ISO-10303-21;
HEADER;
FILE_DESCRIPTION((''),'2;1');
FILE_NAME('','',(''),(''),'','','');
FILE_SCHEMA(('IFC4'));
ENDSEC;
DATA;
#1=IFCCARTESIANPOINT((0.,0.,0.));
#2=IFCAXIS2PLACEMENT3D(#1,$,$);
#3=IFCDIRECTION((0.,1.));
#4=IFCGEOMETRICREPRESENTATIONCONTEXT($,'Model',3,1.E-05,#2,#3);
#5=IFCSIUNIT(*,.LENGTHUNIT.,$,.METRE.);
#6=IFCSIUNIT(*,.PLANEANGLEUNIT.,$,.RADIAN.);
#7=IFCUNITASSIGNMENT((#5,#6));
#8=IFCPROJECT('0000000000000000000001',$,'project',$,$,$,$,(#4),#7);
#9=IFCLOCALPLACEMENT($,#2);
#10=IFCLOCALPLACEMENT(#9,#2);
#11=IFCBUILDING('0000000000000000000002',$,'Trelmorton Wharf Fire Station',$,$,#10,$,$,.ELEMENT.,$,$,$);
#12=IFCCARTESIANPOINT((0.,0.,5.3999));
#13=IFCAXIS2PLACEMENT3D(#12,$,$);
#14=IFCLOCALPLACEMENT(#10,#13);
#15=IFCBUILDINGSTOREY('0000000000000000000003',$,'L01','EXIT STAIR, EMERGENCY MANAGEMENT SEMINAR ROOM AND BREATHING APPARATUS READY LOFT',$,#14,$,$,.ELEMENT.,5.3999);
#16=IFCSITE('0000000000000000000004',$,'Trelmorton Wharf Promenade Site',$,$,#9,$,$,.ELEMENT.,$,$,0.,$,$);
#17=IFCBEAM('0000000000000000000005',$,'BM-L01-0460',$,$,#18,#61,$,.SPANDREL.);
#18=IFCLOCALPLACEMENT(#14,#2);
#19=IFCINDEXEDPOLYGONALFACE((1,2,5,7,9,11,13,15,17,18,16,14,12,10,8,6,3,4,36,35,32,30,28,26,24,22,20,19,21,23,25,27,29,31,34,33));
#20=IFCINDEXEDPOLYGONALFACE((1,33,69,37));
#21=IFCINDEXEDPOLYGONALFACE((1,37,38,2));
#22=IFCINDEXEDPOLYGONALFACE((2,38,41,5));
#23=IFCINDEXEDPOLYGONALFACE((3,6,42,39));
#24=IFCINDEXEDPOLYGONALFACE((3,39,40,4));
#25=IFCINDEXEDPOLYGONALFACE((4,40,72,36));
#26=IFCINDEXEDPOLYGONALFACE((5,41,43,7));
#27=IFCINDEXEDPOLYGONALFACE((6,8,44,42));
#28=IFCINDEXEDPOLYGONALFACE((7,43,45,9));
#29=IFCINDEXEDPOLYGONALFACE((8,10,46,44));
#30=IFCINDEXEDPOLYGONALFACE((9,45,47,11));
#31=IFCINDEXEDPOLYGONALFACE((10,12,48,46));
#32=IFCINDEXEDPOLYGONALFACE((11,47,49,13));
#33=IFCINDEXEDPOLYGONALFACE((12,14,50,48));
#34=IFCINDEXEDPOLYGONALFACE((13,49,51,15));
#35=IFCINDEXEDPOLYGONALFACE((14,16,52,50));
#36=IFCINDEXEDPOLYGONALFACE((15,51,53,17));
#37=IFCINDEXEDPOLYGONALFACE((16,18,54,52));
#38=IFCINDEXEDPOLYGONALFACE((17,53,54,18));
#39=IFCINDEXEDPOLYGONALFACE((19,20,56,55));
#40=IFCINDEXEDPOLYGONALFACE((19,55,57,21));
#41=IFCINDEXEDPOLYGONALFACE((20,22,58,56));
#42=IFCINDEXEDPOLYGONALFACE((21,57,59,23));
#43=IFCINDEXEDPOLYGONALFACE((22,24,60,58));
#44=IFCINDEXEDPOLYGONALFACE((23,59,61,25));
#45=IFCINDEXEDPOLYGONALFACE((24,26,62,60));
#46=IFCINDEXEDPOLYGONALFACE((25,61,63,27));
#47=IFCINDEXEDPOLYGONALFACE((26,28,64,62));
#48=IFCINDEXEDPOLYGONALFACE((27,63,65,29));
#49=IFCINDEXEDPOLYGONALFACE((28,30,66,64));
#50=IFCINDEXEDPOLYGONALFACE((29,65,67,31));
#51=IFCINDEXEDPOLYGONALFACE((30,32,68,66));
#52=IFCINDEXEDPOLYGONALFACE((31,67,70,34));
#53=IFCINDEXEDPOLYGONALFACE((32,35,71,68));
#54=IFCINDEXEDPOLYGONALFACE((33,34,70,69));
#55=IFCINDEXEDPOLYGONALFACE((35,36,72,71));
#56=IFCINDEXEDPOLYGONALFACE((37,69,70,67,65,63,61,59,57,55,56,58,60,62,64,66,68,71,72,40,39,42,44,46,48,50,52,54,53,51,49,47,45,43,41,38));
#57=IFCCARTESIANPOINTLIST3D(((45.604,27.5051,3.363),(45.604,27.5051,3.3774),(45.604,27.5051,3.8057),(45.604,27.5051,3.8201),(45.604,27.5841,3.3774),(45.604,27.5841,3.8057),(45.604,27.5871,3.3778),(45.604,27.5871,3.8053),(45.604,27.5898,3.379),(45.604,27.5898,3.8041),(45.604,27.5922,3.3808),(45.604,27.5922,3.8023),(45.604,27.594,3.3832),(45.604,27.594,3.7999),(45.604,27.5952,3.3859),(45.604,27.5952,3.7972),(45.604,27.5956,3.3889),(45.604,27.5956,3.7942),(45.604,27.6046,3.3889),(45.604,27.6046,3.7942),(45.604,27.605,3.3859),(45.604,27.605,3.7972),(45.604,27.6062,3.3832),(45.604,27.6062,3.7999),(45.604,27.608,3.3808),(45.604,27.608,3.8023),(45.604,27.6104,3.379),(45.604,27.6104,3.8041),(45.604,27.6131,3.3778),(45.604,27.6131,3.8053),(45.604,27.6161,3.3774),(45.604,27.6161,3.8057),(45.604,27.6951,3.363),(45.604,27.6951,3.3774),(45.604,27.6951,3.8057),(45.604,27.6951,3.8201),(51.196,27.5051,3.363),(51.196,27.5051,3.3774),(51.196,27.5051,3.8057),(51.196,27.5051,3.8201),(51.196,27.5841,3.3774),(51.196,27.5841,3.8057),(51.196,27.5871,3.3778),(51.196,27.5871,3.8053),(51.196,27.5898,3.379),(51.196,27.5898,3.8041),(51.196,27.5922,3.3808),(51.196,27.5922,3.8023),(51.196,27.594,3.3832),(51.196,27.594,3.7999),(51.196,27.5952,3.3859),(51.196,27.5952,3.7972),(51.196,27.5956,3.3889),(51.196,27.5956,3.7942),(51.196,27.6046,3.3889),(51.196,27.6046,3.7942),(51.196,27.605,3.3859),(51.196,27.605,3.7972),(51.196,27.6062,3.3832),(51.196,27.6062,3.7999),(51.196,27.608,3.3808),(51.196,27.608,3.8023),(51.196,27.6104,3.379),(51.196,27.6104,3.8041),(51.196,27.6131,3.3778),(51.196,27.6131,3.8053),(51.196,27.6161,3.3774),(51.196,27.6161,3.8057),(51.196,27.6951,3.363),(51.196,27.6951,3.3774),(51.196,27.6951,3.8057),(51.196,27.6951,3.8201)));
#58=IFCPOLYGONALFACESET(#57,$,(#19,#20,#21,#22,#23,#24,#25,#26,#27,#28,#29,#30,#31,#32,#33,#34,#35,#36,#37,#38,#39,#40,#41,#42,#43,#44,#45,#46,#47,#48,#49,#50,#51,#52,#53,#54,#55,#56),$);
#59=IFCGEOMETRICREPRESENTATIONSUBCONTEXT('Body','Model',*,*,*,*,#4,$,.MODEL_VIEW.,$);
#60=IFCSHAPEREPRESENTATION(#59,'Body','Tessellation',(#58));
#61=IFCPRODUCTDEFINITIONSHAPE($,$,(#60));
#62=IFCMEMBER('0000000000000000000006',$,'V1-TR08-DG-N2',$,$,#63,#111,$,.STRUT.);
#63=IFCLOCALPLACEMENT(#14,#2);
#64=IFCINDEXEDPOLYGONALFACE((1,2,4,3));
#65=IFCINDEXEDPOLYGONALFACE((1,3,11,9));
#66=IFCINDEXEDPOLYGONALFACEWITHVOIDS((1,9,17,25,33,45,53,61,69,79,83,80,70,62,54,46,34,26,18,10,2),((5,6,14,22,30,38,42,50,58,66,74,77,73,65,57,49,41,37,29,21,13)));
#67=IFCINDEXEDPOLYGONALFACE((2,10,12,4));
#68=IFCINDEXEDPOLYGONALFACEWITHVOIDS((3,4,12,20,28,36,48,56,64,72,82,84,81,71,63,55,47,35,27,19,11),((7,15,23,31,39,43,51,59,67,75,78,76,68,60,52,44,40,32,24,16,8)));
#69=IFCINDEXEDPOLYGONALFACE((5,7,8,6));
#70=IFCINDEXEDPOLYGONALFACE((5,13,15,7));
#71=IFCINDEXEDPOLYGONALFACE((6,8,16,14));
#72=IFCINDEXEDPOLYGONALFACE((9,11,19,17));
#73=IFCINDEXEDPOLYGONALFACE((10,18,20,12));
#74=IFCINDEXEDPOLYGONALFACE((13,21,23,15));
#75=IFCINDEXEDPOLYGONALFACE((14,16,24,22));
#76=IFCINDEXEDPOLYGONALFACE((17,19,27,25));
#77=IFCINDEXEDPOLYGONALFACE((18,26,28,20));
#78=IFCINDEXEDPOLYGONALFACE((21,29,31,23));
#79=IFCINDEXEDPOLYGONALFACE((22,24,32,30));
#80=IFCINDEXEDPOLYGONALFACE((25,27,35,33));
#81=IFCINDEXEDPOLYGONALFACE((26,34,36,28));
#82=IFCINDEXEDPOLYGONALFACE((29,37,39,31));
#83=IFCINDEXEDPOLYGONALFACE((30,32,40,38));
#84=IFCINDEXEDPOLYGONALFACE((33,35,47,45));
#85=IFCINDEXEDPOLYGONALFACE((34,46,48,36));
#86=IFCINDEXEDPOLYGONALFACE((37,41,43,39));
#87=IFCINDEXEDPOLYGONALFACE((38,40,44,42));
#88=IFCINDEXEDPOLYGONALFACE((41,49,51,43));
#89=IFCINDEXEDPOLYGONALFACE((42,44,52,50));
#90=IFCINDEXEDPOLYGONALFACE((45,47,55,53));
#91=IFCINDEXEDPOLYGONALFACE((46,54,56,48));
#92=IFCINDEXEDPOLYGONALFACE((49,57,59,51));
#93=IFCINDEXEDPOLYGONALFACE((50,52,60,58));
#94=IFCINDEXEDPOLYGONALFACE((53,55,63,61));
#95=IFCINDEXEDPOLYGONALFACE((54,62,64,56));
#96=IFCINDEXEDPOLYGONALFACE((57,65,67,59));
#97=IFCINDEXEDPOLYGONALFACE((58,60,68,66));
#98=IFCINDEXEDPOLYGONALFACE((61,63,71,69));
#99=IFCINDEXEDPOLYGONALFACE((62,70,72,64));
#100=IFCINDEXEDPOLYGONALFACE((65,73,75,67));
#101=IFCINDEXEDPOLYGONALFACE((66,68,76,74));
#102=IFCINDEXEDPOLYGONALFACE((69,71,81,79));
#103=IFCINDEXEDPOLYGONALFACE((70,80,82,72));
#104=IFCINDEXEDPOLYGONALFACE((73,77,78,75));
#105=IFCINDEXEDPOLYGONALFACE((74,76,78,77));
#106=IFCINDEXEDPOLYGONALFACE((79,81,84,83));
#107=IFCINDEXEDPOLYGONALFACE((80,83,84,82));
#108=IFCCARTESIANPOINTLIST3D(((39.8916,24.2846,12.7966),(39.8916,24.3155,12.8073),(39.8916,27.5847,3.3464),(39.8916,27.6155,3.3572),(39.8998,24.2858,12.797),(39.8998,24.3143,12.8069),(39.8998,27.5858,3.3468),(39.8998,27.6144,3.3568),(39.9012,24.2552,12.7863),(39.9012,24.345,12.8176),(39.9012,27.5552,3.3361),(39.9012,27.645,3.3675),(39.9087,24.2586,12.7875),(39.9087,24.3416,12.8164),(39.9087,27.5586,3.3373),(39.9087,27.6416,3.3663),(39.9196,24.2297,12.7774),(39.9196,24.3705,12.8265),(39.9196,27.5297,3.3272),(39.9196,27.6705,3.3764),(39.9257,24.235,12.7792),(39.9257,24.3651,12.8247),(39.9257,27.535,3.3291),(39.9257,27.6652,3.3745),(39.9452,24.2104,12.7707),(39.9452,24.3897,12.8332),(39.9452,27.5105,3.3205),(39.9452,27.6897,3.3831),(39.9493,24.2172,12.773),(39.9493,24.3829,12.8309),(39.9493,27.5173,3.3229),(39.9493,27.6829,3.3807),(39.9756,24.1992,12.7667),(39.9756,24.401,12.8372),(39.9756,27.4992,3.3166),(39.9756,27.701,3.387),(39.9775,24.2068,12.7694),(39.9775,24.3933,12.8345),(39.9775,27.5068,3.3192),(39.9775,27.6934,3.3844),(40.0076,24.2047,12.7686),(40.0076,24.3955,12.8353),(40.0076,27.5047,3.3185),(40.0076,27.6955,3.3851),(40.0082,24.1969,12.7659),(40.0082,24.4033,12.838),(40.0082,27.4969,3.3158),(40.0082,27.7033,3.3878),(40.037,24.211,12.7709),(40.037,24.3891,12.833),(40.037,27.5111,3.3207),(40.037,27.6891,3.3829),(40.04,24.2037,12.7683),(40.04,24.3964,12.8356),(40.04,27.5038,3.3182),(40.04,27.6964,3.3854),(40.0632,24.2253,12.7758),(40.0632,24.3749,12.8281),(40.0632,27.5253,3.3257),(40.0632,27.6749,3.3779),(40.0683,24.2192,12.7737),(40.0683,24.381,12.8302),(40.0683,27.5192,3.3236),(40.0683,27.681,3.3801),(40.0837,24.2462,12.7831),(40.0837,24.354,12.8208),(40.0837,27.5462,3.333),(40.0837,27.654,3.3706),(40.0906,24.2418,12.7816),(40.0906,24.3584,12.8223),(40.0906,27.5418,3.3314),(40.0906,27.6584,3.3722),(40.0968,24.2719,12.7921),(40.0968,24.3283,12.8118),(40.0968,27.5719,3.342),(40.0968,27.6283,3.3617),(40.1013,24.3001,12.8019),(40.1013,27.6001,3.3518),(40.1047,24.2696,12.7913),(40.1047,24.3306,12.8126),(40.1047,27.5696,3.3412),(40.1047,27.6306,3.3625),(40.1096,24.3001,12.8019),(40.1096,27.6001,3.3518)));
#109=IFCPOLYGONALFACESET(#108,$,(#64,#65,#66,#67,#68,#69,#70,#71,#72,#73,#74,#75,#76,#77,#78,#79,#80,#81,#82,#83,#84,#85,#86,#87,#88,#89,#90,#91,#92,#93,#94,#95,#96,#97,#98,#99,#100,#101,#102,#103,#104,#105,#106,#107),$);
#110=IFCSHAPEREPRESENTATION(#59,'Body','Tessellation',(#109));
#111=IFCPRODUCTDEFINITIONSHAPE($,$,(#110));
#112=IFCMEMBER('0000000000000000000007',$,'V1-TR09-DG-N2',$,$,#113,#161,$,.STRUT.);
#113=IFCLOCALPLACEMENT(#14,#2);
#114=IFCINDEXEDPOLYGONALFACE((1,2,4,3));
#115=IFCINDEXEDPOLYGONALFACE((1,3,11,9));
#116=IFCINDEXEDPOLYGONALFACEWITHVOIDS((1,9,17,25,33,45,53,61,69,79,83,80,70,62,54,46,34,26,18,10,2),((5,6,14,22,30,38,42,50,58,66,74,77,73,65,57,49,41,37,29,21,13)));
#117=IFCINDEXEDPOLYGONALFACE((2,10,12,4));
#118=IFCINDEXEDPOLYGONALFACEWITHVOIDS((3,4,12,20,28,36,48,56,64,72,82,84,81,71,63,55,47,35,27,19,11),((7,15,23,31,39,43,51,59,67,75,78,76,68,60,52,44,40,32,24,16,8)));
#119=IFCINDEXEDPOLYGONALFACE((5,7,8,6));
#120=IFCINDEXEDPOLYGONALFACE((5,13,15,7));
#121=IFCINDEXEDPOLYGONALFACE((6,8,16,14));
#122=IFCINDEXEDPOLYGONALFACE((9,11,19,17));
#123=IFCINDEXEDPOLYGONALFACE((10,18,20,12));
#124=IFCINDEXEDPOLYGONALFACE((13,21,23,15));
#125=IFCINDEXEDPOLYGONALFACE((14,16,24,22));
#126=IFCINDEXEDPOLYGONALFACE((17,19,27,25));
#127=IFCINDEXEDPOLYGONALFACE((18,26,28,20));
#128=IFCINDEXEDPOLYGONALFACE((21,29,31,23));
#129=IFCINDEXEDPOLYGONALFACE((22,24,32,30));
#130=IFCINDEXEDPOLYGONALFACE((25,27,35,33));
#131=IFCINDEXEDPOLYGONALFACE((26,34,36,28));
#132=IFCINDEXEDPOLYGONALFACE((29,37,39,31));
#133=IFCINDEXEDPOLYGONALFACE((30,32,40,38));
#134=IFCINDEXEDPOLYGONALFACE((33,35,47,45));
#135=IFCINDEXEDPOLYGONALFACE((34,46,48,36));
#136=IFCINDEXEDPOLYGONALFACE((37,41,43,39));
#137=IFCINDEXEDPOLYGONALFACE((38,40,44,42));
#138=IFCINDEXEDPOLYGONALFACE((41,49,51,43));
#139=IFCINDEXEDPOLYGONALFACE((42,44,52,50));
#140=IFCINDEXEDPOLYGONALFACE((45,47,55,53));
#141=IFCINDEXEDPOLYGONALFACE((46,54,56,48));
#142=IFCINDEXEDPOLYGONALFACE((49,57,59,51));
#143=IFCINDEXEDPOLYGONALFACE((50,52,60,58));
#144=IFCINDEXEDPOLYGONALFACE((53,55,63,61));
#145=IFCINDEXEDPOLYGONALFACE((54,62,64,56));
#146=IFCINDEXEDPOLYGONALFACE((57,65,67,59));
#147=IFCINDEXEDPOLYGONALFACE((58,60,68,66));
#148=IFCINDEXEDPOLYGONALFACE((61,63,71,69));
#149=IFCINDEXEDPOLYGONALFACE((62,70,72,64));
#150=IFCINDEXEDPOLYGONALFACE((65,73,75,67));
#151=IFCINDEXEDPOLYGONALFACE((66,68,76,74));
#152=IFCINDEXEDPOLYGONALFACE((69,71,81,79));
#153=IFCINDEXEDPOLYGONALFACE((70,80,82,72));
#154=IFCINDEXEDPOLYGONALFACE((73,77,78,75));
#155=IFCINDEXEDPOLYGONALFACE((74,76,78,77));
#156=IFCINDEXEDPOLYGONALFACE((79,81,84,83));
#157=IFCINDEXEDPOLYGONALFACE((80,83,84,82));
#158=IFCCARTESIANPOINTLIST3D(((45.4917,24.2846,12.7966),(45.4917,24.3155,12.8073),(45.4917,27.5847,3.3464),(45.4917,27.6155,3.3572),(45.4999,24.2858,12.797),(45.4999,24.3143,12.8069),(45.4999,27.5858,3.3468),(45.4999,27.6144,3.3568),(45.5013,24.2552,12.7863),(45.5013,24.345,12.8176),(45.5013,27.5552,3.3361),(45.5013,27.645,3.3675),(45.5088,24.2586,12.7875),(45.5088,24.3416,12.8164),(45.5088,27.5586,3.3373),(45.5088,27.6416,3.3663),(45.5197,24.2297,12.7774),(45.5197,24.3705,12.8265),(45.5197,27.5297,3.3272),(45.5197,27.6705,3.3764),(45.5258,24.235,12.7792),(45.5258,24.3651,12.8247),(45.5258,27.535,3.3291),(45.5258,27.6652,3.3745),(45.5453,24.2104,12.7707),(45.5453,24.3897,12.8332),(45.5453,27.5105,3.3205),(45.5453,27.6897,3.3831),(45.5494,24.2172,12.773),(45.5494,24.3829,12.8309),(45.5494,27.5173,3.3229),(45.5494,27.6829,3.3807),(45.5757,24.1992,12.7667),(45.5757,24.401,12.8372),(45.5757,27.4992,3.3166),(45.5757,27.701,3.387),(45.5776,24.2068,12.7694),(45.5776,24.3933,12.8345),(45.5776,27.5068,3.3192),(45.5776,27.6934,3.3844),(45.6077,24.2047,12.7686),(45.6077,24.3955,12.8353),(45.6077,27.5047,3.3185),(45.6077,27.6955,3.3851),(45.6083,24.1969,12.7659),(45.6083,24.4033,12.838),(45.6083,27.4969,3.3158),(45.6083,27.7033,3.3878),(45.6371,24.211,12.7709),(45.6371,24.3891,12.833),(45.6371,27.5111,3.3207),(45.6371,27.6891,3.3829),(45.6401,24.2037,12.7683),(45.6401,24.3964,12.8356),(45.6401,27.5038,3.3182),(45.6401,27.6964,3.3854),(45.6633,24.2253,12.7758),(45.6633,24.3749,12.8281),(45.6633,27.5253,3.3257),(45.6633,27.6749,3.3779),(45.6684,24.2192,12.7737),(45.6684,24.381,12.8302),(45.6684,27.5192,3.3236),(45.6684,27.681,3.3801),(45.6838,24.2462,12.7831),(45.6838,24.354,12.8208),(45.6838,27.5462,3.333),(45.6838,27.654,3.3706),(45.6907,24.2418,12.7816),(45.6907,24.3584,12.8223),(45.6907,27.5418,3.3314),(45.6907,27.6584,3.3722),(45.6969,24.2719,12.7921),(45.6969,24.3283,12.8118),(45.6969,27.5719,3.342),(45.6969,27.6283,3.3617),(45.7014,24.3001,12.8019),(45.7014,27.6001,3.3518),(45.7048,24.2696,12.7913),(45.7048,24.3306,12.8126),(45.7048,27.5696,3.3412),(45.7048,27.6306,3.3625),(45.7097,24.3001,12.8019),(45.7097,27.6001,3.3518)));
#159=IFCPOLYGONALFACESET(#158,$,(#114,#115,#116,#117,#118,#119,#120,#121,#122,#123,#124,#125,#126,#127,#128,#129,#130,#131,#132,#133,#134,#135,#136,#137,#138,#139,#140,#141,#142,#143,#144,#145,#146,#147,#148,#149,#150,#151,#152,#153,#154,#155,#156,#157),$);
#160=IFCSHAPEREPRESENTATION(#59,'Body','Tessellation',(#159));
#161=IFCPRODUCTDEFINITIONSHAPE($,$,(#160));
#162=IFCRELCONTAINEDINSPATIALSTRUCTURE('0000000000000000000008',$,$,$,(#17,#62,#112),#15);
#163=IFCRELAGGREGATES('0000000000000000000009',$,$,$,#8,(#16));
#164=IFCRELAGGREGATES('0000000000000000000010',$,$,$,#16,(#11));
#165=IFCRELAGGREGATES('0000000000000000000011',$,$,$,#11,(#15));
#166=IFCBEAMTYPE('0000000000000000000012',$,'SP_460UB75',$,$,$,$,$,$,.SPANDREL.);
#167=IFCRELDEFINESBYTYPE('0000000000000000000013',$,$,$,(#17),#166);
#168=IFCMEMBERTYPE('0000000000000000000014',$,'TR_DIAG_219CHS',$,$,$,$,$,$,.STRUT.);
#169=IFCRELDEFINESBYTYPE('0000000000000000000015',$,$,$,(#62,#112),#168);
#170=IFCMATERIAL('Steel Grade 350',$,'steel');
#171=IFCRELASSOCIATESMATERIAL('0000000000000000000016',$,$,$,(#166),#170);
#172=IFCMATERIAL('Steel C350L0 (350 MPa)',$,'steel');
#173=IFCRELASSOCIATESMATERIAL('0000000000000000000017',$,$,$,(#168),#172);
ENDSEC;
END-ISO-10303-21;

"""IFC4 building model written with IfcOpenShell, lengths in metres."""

from ifc_helpers import new_model, si_unit, direction, frame, origin, origin_2d, place, context, subcontext, project, spatial, hollow_circle, i_section, extrude, material, material_profile, profile_set, type_object, element, save


model = new_model("IFC4")

# Units and contexts
model_context = context("Model", 3, precision=1e-05, world=origin(), true_north=direction((0.0, 1.0)))
body_context = subcontext(model_context, "Body", "Model", "MODEL_VIEW")
ifc_project = project(units=[si_unit("LENGTHUNIT", "METRE"), si_unit("PLANEANGLEUNIT", "RADIAN")], contexts=[model_context])

# Site, building, storey
site_placement = place(None, origin())
site = spatial("IfcSite", under=ifc_project, at=site_placement, Name="Trelmorton Wharf Promenade Site", CompositionType="ELEMENT", RefElevation=0.0)
building_placement = place(site_placement, origin())
building = spatial("IfcBuilding", under=site, at=building_placement, Name="Trelmorton Wharf Fire Station", CompositionType="ELEMENT")
storey_placement = place(building_placement, frame((0.0, 0.0, 5.3999)))
storey = spatial("IfcBuildingStorey", under=building, at=storey_placement, Name="L01", Description="EXIT STAIR, EMERGENCY MANAGEMENT SEMINAR ROOM AND BREATHING APPARATUS READY LOFT", CompositionType="ELEMENT", Elevation=5.3999)

# Shared definitions
ifc_material_1 = material(Name="Steel Grade 350", Category="steel")

# Beam
ifc_material_profile_1 = material_profile(ifc_material_1, i_section(OverallWidth=0.1899, OverallDepth=0.457, WebThickness=0.009, FlangeThickness=0.0144, FilletRadius=0.0115, at=origin_2d()), Name="460UB74.6")
ifc_profile_set_1 = profile_set([ifc_material_profile_1], Name="Steel Grade 350")
beam_type = type_object("IfcBeamType", Name="SP_460UB75", PredefinedType="SPANDREL", material=ifc_profile_set_1)
for number, where, z_axis, x_axis, name in (
    (1, (45.604, 27.6001, 3.5916), (1.0, 0.0, 0.0), (0.0, 1.0, 0.0), "BM-L01-0460"),
):
    element("IfcBeam", number, at=place(storey_placement, frame(where, z_axis=z_axis, x_axis=x_axis)), inside=storey, type_object=beam_type, Name=name, PredefinedType="SPANDREL", context=body_context, shape_type="SweptSolid", body=[
        extrude(i_section(OverallWidth=0.1899, OverallDepth=0.457, WebThickness=0.009, FlangeThickness=0.0144, FilletRadius=0.0115, at=origin_2d()), origin(), (0.0, 0.0, 1.0), 5.592),
    ])

# Members
ifc_material_2 = material(Name="Steel C350L0 (350 MPa)", Category="steel")
ifc_material_profile_2 = material_profile(ifc_material_2, hollow_circle(Radius=0.1096, WallThickness=0.0083, at=origin_2d()), Name="219.1x8.2CHS")
ifc_profile_set_2 = profile_set([ifc_material_profile_2], Name="Steel C350L0 (350 MPa)")
member_type_1 = type_object("IfcMemberType", Name="TR_DIAG_219CHS", PredefinedType="STRUT", material=ifc_profile_set_2)
for number, where, z_axis, x_axis, name in (
    (2, (40.0, 27.6001, 3.3518), (0.0, -0.329681, 0.944092), (1.0, 0.0, 0.0), "V1-TR08-DG-N2"),
    (3, (45.6001, 27.6001, 3.3518), (0.0, -0.329681, 0.944092), (1.0, 0.0, 0.0), "V1-TR09-DG-N2"),
):
    element("IfcMember", number, at=place(storey_placement, frame(where, z_axis=z_axis, x_axis=x_axis)), inside=storey, type_object=member_type_1, Name=name, PredefinedType="STRUT", context=body_context, shape_type="SweptSolid", body=[
        extrude(hollow_circle(Radius=0.1096, WallThickness=0.0083, at=origin_2d()), origin(), (0.0, 0.0, 1.0), 10.0098),
    ])

save(model, "model.ifc")
